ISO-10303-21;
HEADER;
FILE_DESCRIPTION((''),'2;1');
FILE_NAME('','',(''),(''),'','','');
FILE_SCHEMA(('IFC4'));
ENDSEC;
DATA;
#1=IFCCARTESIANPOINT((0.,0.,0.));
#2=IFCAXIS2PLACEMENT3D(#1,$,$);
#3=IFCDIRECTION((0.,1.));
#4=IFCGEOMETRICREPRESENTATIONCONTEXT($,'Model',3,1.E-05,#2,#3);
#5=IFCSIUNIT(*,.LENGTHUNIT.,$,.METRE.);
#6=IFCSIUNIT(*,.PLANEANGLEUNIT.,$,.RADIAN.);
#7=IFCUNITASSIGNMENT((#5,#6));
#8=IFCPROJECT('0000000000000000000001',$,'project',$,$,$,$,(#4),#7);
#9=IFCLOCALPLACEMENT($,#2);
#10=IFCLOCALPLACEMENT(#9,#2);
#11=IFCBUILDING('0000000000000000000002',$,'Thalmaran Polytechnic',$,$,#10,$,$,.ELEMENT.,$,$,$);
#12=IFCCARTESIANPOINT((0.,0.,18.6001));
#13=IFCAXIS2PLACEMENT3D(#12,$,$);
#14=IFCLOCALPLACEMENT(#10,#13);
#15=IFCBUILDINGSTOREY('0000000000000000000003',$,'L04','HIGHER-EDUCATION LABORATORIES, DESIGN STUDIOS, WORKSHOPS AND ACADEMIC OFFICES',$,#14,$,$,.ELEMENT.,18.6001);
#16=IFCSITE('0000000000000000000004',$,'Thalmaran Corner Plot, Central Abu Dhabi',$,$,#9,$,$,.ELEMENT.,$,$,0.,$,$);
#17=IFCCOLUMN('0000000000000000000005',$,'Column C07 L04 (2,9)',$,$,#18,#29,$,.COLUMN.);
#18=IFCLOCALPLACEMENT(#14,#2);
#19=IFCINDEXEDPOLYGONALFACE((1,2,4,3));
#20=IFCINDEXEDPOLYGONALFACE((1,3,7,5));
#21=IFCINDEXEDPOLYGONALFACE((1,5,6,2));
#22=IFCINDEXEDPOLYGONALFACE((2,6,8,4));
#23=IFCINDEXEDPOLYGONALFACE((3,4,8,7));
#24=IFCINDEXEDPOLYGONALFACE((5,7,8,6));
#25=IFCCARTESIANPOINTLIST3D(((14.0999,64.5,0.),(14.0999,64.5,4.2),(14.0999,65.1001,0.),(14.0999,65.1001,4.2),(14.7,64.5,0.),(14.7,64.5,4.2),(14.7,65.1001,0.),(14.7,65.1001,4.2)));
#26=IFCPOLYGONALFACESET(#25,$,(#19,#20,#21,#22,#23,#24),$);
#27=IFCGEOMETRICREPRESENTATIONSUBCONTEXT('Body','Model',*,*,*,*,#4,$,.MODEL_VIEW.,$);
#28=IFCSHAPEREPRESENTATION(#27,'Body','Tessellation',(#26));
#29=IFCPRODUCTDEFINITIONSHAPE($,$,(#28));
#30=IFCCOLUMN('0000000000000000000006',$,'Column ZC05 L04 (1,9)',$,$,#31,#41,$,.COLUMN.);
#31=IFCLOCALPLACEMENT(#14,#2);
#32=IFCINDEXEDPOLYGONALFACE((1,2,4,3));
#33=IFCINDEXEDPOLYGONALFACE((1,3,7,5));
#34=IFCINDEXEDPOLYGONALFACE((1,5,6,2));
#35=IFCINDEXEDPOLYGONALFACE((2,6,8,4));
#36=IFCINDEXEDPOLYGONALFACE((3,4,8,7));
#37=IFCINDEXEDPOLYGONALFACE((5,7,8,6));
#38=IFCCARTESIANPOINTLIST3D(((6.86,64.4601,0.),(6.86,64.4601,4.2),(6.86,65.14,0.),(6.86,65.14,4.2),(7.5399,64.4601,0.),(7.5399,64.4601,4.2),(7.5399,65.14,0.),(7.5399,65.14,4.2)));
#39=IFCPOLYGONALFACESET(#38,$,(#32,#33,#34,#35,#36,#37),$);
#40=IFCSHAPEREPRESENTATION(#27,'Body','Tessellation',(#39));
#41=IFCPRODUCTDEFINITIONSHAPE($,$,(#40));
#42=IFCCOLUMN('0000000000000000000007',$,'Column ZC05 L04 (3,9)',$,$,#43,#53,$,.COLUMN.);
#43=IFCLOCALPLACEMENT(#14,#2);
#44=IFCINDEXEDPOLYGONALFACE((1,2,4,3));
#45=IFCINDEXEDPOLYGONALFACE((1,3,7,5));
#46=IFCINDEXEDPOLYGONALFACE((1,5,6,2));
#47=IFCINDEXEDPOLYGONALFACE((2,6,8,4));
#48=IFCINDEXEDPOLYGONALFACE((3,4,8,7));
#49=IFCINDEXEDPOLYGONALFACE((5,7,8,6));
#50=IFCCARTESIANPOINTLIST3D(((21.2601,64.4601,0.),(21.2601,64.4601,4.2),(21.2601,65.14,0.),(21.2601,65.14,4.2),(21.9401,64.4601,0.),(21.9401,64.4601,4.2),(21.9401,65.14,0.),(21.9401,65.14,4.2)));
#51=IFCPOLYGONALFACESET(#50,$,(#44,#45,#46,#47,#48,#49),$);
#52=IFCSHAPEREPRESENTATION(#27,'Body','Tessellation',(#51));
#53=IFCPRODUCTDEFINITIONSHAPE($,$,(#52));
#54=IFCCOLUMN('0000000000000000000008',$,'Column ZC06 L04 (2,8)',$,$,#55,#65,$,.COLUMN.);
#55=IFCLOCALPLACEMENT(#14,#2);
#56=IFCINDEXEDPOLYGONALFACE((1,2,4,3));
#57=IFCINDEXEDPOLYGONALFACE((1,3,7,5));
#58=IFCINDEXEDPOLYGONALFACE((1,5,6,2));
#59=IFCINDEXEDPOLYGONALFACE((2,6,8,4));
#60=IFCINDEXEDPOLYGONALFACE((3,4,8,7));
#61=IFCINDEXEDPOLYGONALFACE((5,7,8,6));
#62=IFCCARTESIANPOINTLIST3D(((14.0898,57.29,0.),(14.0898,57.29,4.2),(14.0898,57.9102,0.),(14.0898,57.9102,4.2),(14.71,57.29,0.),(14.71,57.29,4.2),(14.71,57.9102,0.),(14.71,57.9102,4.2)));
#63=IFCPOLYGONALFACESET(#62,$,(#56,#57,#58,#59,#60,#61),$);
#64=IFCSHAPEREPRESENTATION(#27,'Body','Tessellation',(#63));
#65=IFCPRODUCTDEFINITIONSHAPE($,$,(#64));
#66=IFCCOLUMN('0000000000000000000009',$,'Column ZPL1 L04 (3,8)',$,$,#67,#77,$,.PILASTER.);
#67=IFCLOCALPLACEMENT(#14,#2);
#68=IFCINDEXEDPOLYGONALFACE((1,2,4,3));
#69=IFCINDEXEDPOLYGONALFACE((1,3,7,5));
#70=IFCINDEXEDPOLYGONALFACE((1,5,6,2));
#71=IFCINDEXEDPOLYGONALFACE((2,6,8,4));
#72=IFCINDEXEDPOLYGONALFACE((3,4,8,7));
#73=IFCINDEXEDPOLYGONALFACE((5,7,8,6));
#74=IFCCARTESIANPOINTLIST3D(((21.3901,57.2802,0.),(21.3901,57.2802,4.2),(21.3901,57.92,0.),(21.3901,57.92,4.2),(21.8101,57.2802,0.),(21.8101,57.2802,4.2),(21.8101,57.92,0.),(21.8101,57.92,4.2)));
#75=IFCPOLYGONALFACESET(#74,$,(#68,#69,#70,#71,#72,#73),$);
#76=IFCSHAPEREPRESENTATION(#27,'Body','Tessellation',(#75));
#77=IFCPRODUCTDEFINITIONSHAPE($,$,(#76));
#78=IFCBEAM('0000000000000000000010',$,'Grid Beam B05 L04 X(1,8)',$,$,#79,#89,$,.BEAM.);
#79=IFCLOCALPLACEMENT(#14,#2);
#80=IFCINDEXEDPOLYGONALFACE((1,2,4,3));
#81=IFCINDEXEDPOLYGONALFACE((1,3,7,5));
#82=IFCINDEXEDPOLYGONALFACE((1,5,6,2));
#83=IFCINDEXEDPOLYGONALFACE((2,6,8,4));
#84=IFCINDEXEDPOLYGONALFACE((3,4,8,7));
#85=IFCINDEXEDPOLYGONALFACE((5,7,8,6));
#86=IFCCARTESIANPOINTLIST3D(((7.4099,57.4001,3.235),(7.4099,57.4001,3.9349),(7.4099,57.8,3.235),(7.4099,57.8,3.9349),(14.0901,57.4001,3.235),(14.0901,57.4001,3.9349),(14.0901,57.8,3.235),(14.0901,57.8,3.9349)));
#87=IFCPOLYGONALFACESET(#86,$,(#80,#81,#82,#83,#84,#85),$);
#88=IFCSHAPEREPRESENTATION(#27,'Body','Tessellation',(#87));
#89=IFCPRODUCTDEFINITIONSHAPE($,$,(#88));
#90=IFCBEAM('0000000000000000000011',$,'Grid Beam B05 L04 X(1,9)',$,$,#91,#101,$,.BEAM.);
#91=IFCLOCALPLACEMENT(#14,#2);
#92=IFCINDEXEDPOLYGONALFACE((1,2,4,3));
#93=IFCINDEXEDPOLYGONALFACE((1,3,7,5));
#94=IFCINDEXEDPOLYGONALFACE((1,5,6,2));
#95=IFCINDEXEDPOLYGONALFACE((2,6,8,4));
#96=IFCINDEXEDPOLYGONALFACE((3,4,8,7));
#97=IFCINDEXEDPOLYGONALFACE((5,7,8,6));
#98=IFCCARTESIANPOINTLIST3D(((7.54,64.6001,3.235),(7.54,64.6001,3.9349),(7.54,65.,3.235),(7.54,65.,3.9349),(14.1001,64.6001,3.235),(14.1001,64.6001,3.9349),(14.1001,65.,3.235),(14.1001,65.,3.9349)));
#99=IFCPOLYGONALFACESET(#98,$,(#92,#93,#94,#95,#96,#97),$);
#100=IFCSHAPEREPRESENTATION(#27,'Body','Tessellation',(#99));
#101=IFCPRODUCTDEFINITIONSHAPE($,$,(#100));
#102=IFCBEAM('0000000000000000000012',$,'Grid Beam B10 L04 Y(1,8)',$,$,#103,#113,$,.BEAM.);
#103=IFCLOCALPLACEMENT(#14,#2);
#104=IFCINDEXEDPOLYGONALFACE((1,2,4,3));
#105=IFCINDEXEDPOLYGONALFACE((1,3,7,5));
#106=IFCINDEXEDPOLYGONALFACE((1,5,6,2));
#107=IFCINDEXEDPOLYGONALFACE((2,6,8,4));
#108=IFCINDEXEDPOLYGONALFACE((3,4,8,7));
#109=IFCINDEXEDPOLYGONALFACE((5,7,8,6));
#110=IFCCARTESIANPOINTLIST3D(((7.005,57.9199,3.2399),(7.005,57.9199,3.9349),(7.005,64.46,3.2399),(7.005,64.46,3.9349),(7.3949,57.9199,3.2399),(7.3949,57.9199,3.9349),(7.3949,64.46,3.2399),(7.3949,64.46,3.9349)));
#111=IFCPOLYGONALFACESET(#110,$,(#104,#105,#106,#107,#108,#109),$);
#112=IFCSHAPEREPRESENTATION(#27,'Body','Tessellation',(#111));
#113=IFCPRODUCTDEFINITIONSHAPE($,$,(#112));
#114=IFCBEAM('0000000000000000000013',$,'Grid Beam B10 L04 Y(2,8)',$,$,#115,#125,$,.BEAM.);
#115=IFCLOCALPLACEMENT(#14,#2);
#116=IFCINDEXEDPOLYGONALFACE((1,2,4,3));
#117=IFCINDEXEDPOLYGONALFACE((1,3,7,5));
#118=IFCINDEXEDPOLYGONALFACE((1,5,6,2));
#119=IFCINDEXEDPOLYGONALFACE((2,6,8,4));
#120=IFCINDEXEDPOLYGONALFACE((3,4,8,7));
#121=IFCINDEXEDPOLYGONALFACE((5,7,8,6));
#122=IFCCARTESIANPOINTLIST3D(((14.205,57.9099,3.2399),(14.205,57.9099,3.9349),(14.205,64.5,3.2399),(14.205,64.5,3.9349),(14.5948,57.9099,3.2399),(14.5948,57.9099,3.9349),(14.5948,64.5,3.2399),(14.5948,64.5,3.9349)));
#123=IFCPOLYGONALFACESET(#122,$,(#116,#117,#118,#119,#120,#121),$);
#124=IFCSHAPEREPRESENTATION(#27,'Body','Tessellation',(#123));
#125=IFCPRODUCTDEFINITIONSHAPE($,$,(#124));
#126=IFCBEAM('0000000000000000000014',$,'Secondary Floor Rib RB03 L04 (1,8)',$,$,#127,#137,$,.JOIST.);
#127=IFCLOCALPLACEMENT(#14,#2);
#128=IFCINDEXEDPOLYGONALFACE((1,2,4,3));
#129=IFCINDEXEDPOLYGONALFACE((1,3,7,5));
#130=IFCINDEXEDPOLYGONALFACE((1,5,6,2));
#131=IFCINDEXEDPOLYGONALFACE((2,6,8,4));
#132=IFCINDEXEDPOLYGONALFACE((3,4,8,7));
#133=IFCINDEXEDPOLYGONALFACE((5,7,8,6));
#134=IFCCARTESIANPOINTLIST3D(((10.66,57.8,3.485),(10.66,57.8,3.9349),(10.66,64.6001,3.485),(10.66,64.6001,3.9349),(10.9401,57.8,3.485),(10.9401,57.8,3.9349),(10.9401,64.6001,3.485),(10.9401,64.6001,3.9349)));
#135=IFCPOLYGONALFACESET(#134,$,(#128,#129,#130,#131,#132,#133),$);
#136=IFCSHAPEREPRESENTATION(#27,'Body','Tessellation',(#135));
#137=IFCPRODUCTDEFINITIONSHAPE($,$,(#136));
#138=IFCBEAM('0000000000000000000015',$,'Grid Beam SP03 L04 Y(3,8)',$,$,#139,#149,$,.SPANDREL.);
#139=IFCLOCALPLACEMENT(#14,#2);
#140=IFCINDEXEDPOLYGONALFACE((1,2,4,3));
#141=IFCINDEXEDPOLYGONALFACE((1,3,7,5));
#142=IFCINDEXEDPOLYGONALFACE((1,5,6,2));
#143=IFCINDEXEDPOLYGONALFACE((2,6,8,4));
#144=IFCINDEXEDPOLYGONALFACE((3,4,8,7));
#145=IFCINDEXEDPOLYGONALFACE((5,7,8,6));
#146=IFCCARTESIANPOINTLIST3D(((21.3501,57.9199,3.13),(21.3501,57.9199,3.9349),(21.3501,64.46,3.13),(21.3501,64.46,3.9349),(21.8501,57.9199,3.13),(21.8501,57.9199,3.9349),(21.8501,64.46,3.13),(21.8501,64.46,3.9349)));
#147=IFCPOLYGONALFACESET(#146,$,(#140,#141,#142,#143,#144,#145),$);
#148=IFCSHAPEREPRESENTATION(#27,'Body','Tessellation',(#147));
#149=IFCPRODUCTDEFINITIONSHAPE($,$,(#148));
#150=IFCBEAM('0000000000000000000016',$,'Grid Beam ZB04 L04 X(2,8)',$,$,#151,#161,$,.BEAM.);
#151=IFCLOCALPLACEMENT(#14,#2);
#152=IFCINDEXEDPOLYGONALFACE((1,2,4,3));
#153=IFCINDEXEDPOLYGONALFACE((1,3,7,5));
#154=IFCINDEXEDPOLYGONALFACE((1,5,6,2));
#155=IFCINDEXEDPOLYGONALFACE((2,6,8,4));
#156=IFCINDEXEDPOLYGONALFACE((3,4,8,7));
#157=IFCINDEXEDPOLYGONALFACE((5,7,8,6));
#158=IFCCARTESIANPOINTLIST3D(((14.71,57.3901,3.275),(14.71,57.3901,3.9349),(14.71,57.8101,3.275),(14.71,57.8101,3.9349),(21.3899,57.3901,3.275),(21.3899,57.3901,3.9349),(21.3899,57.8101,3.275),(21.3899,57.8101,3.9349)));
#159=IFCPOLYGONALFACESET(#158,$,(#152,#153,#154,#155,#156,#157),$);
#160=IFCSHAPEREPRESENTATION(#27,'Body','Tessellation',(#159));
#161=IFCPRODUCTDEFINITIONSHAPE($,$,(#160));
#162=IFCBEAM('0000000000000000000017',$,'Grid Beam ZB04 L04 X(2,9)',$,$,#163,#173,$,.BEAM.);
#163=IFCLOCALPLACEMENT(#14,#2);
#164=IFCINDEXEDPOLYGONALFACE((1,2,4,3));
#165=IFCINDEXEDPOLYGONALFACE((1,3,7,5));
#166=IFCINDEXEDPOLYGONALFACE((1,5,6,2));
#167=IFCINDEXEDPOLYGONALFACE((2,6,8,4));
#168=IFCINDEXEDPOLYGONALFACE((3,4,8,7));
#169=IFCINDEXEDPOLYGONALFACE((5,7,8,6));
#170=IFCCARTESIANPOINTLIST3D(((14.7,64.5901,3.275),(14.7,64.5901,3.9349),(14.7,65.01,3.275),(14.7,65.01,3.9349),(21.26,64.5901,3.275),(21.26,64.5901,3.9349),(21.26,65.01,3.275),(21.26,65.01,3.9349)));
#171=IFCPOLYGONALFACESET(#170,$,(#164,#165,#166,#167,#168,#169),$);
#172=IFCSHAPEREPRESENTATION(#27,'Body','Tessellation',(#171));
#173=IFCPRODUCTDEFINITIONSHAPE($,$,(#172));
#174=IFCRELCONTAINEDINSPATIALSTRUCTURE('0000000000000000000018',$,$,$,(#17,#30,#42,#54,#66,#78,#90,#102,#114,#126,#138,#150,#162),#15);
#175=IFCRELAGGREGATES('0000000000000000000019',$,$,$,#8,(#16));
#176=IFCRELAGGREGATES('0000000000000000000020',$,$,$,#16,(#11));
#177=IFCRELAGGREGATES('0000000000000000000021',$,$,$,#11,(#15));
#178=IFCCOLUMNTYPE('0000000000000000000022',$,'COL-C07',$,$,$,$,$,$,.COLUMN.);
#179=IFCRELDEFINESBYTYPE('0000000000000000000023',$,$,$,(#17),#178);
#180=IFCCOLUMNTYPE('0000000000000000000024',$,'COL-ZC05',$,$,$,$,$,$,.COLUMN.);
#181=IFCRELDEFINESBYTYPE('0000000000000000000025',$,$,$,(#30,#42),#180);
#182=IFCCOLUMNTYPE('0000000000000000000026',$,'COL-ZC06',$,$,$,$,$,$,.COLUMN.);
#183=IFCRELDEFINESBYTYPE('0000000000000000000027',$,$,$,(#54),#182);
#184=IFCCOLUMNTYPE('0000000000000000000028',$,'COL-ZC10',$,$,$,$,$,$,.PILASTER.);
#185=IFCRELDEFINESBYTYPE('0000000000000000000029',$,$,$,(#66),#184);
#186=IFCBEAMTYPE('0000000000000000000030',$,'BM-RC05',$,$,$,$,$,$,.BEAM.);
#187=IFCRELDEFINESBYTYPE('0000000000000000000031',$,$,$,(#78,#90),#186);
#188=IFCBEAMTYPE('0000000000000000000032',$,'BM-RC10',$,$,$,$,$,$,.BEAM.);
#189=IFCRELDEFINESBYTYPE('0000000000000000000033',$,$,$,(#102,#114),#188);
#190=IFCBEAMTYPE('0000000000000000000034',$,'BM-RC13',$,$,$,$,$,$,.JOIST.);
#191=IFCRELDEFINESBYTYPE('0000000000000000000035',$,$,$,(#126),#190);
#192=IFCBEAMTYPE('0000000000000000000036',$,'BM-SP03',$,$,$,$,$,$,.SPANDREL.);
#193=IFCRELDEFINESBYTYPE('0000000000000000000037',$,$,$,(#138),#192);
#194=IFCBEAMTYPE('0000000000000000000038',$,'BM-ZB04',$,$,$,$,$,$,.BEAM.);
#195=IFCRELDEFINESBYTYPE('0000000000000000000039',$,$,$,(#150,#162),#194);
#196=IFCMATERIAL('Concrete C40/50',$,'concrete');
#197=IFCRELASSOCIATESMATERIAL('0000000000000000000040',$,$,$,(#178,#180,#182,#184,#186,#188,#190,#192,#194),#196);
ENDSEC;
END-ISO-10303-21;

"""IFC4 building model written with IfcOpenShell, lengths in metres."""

from ifc_helpers import new_model, si_unit, direction, frame, origin, origin_2d, place, context, subcontext, project, spatial, rectangle, extrude, material, material_profile, profile_set, type_object, element, save


model = new_model("IFC4")

# Units and contexts
model_context = context("Model", 3, precision=1e-05, world=origin(), true_north=direction((0.0, 1.0)))
body_context = subcontext(model_context, "Body", "Model", "MODEL_VIEW")
ifc_project = project(units=[si_unit("LENGTHUNIT", "METRE"), si_unit("PLANEANGLEUNIT", "RADIAN")], contexts=[model_context])

# Site, building, storey
site_placement = place(None, origin())
site = spatial("IfcSite", under=ifc_project, at=site_placement, Name="Thalmaran Corner Plot, Central Abu Dhabi", CompositionType="ELEMENT", RefElevation=0.0)
building_placement = place(site_placement, origin())
building = spatial("IfcBuilding", under=site, at=building_placement, Name="Thalmaran Polytechnic", CompositionType="ELEMENT")
storey_placement = place(building_placement, frame((0.0, 0.0, 18.6001)))
storey = spatial("IfcBuildingStorey", under=building, at=storey_placement, Name="L04", Description="HIGHER-EDUCATION LABORATORIES, DESIGN STUDIOS, WORKSHOPS AND ACADEMIC OFFICES", CompositionType="ELEMENT", Elevation=18.6001)

# Columns
ifc_material_1 = material(Name="Concrete C40/50", Category="concrete")
ifc_material_profile_1 = material_profile(ifc_material_1, rectangle(XDim=0.6001, YDim=0.6001, at=origin_2d()), Name="RC 600x600")
ifc_profile_set_1 = profile_set([ifc_material_profile_1], Name="Concrete C40/50")
column_type_1 = type_object("IfcColumnType", Name="COL-C07", PredefinedType="COLUMN", material=ifc_profile_set_1)
column_1_placement = place(storey_placement, frame((14.3999, 64.8, 0.0), z_axis=(0.0, 0.0, 1.0), x_axis=(1.0, 0.0, 0.0)))
element("IfcColumn", 1, at=column_1_placement, inside=storey, type_object=column_type_1, Name="Column C07 L04 (2,9)", PredefinedType="COLUMN", context=body_context, shape_type="SweptSolid", body=[
    extrude(rectangle(XDim=0.6001, YDim=0.6001, at=origin_2d()), origin(), (0.0, 0.0, 1.0), 4.2),
])
ifc_material_profile_2 = material_profile(ifc_material_1, rectangle(XDim=0.6799, YDim=0.6799, at=origin_2d()), Name="RC 680x680")
ifc_profile_set_2 = profile_set([ifc_material_profile_2], Name="Concrete C40/50")
column_type_2 = type_object("IfcColumnType", Name="COL-ZC05", PredefinedType="COLUMN", material=ifc_profile_set_2)
for number, where, z_axis, x_axis, name in (
    (2, (7.2, 64.8, 0.0), (0.0, 0.0, 1.0), (1.0, 0.0, 0.0), "Column ZC05 L04 (1,9)"),
    (3, (21.6001, 64.8, 0.0), (0.0, 0.0, 1.0), (1.0, 0.0, 0.0), "Column ZC05 L04 (3,9)"),
):
    element("IfcColumn", number, at=place(storey_placement, frame(where, z_axis=z_axis, x_axis=x_axis)), inside=storey, type_object=column_type_2, Name=name, PredefinedType="COLUMN", context=body_context, shape_type="SweptSolid", body=[
        extrude(rectangle(XDim=0.6799, YDim=0.6799, at=origin_2d()), origin(), (0.0, 0.0, 1.0), 4.2),
    ])
ifc_material_profile_3 = material_profile(ifc_material_1, rectangle(XDim=0.6201, YDim=0.6201, at=origin_2d()), Name="RC 620x620")
ifc_profile_set_3 = profile_set([ifc_material_profile_3], Name="Concrete C40/50")
column_type_3 = type_object("IfcColumnType", Name="COL-ZC06", PredefinedType="COLUMN", material=ifc_profile_set_3)
column_2_placement = place(storey_placement, frame((14.3999, 57.6001, 0.0), z_axis=(0.0, 0.0, 1.0), x_axis=(1.0, 0.0, 0.0)))
element("IfcColumn", 4, at=column_2_placement, inside=storey, type_object=column_type_3, Name="Column ZC06 L04 (2,8)", PredefinedType="COLUMN", context=body_context, shape_type="SweptSolid", body=[
    extrude(rectangle(XDim=0.6201, YDim=0.6201, at=origin_2d()), origin(), (0.0, 0.0, 1.0), 4.2),
])
ifc_material_profile_4 = material_profile(ifc_material_1, rectangle(XDim=0.4199, YDim=0.6399, at=origin_2d()), Name="RC 420x640")
ifc_profile_set_4 = profile_set([ifc_material_profile_4], Name="Concrete C40/50")
column_type_4 = type_object("IfcColumnType", Name="COL-ZC10", PredefinedType="PILASTER", material=ifc_profile_set_4)
column_3_placement = place(storey_placement, frame((21.6001, 57.6001, 0.0), z_axis=(0.0, 0.0, 1.0), x_axis=(1.0, 0.0, 0.0)))
element("IfcColumn", 5, at=column_3_placement, inside=storey, type_object=column_type_4, Name="Column ZPL1 L04 (3,8)", PredefinedType="PILASTER", context=body_context, shape_type="SweptSolid", body=[
    extrude(rectangle(XDim=0.4199, YDim=0.6399, at=origin_2d()), origin(), (0.0, 0.0, 1.0), 4.2),
])

# Beams
ifc_material_profile_5 = material_profile(ifc_material_1, rectangle(XDim=0.3999, YDim=0.7, at=origin_2d()), Name="RC 400x700")
ifc_profile_set_5 = profile_set([ifc_material_profile_5], Name="Concrete C40/50")
beam_type_1 = type_object("IfcBeamType", Name="BM-RC05", PredefinedType="BEAM", material=ifc_profile_set_5)
beam_1_placement = place(storey_placement, frame((7.4099, 57.6001, 3.585), z_axis=(1.0, 0.0, 0.0), x_axis=(0.0, 1.0, 0.0)))
element("IfcBeam", 6, at=beam_1_placement, inside=storey, type_object=beam_type_1, Name="Grid Beam B05 L04 X(1,8)", PredefinedType="BEAM", context=body_context, shape_type="SweptSolid", body=[
    extrude(rectangle(XDim=0.3999, YDim=0.7, at=origin_2d()), origin(), (0.0, 0.0, 1.0), 6.6802),
])
beam_2_placement = place(storey_placement, frame((7.54, 64.8, 3.585), z_axis=(1.0, 0.0, 0.0), x_axis=(0.0, 1.0, 0.0)))
element("IfcBeam", 7, at=beam_2_placement, inside=storey, type_object=beam_type_1, Name="Grid Beam B05 L04 X(1,9)", PredefinedType="BEAM", context=body_context, shape_type="SweptSolid", body=[
    extrude(rectangle(XDim=0.3999, YDim=0.7, at=origin_2d()), origin(), (0.0, 0.0, 1.0), 6.5601),
])
ifc_material_profile_6 = material_profile(ifc_material_1, rectangle(XDim=0.3899, YDim=0.6951, at=origin_2d()), Name="RC 390x695")
ifc_profile_set_6 = profile_set([ifc_material_profile_6], Name="Concrete C40/50")
beam_type_2 = type_object("IfcBeamType", Name="BM-RC10", PredefinedType="BEAM", material=ifc_profile_set_6)
beam_3_placement = place(storey_placement, frame((7.2, 57.9199, 3.5874), z_axis=(0.0, 1.0, 0.0), x_axis=(-1.0, 0.0, 0.0)))
element("IfcBeam", 8, at=beam_3_placement, inside=storey, type_object=beam_type_2, Name="Grid Beam B10 L04 Y(1,8)", PredefinedType="BEAM", context=body_context, shape_type="SweptSolid", body=[
    extrude(rectangle(XDim=0.3899, YDim=0.6951, at=origin_2d()), origin(), (0.0, 0.0, 1.0), 6.54),
])
beam_4_placement = place(storey_placement, frame((14.3999, 57.9099, 3.5874), z_axis=(0.0, 1.0, 0.0), x_axis=(-1.0, 0.0, 0.0)))
element("IfcBeam", 9, at=beam_4_placement, inside=storey, type_object=beam_type_2, Name="Grid Beam B10 L04 Y(2,8)", PredefinedType="BEAM", context=body_context, shape_type="SweptSolid", body=[
    extrude(rectangle(XDim=0.3899, YDim=0.6951, at=origin_2d()), origin(), (0.0, 0.0, 1.0), 6.5901),
])
ifc_material_profile_7 = material_profile(ifc_material_1, rectangle(XDim=0.28, YDim=0.45, at=origin_2d()), Name="RC 280x450")
ifc_profile_set_7 = profile_set([ifc_material_profile_7], Name="Concrete C40/50")
beam_type_3 = type_object("IfcBeamType", Name="BM-RC13", PredefinedType="JOIST", material=ifc_profile_set_7)
beam_5_placement = place(storey_placement, frame((10.8, 57.8, 3.71), z_axis=(0.0, 1.0, 0.0), x_axis=(-1.0, 0.0, 0.0)))
element("IfcBeam", 10, at=beam_5_placement, inside=storey, type_object=beam_type_3, Name="Secondary Floor Rib RB03 L04 (1,8)", PredefinedType="JOIST", context=body_context, shape_type="SweptSolid", body=[
    extrude(rectangle(XDim=0.28, YDim=0.45, at=origin_2d()), origin(), (0.0, 0.0, 1.0), 6.8),
])
ifc_material_profile_8 = material_profile(ifc_material_1, rectangle(XDim=0.5, YDim=0.8049, at=origin_2d()), Name="RC 500x805")
ifc_profile_set_8 = profile_set([ifc_material_profile_8], Name="Concrete C40/50")
beam_type_4 = type_object("IfcBeamType", Name="BM-SP03", PredefinedType="SPANDREL", material=ifc_profile_set_8)
beam_6_placement = place(storey_placement, frame((21.6001, 57.9199, 3.5325), z_axis=(0.0, 1.0, 0.0), x_axis=(-1.0, 0.0, 0.0)))
element("IfcBeam", 11, at=beam_6_placement, inside=storey, type_object=beam_type_4, Name="Grid Beam SP03 L04 Y(3,8)", PredefinedType="SPANDREL", context=body_context, shape_type="SweptSolid", body=[
    extrude(rectangle(XDim=0.5, YDim=0.8049, at=origin_2d()), origin(), (0.0, 0.0, 1.0), 6.54),
])
ifc_material_profile_9 = material_profile(ifc_material_1, rectangle(XDim=0.4199, YDim=0.6599, at=origin_2d()), Name="RC 420x660")
ifc_profile_set_9 = profile_set([ifc_material_profile_9], Name="Concrete C40/50")
beam_type_5 = type_object("IfcBeamType", Name="BM-ZB04", PredefinedType="BEAM", material=ifc_profile_set_9)
beam_7_placement = place(storey_placement, frame((14.71, 57.6001, 3.605), z_axis=(1.0, 0.0, 0.0), x_axis=(0.0, 1.0, 0.0)))
element("IfcBeam", 12, at=beam_7_placement, inside=storey, type_object=beam_type_5, Name="Grid Beam ZB04 L04 X(2,8)", PredefinedType="BEAM", context=body_context, shape_type="SweptSolid", body=[
    extrude(rectangle(XDim=0.4199, YDim=0.6599, at=origin_2d()), origin(), (0.0, 0.0, 1.0), 6.6799),
])
beam_8_placement = place(storey_placement, frame((14.7, 64.8, 3.605), z_axis=(1.0, 0.0, 0.0), x_axis=(0.0, 1.0, 0.0)))
element("IfcBeam", 13, at=beam_8_placement, inside=storey, type_object=beam_type_5, Name="Grid Beam ZB04 L04 X(2,9)", PredefinedType="BEAM", context=body_context, shape_type="SweptSolid", body=[
    extrude(rectangle(XDim=0.4199, YDim=0.6599, at=origin_2d()), origin(), (0.0, 0.0, 1.0), 6.5601),
])

save(model, "model.ifc")
